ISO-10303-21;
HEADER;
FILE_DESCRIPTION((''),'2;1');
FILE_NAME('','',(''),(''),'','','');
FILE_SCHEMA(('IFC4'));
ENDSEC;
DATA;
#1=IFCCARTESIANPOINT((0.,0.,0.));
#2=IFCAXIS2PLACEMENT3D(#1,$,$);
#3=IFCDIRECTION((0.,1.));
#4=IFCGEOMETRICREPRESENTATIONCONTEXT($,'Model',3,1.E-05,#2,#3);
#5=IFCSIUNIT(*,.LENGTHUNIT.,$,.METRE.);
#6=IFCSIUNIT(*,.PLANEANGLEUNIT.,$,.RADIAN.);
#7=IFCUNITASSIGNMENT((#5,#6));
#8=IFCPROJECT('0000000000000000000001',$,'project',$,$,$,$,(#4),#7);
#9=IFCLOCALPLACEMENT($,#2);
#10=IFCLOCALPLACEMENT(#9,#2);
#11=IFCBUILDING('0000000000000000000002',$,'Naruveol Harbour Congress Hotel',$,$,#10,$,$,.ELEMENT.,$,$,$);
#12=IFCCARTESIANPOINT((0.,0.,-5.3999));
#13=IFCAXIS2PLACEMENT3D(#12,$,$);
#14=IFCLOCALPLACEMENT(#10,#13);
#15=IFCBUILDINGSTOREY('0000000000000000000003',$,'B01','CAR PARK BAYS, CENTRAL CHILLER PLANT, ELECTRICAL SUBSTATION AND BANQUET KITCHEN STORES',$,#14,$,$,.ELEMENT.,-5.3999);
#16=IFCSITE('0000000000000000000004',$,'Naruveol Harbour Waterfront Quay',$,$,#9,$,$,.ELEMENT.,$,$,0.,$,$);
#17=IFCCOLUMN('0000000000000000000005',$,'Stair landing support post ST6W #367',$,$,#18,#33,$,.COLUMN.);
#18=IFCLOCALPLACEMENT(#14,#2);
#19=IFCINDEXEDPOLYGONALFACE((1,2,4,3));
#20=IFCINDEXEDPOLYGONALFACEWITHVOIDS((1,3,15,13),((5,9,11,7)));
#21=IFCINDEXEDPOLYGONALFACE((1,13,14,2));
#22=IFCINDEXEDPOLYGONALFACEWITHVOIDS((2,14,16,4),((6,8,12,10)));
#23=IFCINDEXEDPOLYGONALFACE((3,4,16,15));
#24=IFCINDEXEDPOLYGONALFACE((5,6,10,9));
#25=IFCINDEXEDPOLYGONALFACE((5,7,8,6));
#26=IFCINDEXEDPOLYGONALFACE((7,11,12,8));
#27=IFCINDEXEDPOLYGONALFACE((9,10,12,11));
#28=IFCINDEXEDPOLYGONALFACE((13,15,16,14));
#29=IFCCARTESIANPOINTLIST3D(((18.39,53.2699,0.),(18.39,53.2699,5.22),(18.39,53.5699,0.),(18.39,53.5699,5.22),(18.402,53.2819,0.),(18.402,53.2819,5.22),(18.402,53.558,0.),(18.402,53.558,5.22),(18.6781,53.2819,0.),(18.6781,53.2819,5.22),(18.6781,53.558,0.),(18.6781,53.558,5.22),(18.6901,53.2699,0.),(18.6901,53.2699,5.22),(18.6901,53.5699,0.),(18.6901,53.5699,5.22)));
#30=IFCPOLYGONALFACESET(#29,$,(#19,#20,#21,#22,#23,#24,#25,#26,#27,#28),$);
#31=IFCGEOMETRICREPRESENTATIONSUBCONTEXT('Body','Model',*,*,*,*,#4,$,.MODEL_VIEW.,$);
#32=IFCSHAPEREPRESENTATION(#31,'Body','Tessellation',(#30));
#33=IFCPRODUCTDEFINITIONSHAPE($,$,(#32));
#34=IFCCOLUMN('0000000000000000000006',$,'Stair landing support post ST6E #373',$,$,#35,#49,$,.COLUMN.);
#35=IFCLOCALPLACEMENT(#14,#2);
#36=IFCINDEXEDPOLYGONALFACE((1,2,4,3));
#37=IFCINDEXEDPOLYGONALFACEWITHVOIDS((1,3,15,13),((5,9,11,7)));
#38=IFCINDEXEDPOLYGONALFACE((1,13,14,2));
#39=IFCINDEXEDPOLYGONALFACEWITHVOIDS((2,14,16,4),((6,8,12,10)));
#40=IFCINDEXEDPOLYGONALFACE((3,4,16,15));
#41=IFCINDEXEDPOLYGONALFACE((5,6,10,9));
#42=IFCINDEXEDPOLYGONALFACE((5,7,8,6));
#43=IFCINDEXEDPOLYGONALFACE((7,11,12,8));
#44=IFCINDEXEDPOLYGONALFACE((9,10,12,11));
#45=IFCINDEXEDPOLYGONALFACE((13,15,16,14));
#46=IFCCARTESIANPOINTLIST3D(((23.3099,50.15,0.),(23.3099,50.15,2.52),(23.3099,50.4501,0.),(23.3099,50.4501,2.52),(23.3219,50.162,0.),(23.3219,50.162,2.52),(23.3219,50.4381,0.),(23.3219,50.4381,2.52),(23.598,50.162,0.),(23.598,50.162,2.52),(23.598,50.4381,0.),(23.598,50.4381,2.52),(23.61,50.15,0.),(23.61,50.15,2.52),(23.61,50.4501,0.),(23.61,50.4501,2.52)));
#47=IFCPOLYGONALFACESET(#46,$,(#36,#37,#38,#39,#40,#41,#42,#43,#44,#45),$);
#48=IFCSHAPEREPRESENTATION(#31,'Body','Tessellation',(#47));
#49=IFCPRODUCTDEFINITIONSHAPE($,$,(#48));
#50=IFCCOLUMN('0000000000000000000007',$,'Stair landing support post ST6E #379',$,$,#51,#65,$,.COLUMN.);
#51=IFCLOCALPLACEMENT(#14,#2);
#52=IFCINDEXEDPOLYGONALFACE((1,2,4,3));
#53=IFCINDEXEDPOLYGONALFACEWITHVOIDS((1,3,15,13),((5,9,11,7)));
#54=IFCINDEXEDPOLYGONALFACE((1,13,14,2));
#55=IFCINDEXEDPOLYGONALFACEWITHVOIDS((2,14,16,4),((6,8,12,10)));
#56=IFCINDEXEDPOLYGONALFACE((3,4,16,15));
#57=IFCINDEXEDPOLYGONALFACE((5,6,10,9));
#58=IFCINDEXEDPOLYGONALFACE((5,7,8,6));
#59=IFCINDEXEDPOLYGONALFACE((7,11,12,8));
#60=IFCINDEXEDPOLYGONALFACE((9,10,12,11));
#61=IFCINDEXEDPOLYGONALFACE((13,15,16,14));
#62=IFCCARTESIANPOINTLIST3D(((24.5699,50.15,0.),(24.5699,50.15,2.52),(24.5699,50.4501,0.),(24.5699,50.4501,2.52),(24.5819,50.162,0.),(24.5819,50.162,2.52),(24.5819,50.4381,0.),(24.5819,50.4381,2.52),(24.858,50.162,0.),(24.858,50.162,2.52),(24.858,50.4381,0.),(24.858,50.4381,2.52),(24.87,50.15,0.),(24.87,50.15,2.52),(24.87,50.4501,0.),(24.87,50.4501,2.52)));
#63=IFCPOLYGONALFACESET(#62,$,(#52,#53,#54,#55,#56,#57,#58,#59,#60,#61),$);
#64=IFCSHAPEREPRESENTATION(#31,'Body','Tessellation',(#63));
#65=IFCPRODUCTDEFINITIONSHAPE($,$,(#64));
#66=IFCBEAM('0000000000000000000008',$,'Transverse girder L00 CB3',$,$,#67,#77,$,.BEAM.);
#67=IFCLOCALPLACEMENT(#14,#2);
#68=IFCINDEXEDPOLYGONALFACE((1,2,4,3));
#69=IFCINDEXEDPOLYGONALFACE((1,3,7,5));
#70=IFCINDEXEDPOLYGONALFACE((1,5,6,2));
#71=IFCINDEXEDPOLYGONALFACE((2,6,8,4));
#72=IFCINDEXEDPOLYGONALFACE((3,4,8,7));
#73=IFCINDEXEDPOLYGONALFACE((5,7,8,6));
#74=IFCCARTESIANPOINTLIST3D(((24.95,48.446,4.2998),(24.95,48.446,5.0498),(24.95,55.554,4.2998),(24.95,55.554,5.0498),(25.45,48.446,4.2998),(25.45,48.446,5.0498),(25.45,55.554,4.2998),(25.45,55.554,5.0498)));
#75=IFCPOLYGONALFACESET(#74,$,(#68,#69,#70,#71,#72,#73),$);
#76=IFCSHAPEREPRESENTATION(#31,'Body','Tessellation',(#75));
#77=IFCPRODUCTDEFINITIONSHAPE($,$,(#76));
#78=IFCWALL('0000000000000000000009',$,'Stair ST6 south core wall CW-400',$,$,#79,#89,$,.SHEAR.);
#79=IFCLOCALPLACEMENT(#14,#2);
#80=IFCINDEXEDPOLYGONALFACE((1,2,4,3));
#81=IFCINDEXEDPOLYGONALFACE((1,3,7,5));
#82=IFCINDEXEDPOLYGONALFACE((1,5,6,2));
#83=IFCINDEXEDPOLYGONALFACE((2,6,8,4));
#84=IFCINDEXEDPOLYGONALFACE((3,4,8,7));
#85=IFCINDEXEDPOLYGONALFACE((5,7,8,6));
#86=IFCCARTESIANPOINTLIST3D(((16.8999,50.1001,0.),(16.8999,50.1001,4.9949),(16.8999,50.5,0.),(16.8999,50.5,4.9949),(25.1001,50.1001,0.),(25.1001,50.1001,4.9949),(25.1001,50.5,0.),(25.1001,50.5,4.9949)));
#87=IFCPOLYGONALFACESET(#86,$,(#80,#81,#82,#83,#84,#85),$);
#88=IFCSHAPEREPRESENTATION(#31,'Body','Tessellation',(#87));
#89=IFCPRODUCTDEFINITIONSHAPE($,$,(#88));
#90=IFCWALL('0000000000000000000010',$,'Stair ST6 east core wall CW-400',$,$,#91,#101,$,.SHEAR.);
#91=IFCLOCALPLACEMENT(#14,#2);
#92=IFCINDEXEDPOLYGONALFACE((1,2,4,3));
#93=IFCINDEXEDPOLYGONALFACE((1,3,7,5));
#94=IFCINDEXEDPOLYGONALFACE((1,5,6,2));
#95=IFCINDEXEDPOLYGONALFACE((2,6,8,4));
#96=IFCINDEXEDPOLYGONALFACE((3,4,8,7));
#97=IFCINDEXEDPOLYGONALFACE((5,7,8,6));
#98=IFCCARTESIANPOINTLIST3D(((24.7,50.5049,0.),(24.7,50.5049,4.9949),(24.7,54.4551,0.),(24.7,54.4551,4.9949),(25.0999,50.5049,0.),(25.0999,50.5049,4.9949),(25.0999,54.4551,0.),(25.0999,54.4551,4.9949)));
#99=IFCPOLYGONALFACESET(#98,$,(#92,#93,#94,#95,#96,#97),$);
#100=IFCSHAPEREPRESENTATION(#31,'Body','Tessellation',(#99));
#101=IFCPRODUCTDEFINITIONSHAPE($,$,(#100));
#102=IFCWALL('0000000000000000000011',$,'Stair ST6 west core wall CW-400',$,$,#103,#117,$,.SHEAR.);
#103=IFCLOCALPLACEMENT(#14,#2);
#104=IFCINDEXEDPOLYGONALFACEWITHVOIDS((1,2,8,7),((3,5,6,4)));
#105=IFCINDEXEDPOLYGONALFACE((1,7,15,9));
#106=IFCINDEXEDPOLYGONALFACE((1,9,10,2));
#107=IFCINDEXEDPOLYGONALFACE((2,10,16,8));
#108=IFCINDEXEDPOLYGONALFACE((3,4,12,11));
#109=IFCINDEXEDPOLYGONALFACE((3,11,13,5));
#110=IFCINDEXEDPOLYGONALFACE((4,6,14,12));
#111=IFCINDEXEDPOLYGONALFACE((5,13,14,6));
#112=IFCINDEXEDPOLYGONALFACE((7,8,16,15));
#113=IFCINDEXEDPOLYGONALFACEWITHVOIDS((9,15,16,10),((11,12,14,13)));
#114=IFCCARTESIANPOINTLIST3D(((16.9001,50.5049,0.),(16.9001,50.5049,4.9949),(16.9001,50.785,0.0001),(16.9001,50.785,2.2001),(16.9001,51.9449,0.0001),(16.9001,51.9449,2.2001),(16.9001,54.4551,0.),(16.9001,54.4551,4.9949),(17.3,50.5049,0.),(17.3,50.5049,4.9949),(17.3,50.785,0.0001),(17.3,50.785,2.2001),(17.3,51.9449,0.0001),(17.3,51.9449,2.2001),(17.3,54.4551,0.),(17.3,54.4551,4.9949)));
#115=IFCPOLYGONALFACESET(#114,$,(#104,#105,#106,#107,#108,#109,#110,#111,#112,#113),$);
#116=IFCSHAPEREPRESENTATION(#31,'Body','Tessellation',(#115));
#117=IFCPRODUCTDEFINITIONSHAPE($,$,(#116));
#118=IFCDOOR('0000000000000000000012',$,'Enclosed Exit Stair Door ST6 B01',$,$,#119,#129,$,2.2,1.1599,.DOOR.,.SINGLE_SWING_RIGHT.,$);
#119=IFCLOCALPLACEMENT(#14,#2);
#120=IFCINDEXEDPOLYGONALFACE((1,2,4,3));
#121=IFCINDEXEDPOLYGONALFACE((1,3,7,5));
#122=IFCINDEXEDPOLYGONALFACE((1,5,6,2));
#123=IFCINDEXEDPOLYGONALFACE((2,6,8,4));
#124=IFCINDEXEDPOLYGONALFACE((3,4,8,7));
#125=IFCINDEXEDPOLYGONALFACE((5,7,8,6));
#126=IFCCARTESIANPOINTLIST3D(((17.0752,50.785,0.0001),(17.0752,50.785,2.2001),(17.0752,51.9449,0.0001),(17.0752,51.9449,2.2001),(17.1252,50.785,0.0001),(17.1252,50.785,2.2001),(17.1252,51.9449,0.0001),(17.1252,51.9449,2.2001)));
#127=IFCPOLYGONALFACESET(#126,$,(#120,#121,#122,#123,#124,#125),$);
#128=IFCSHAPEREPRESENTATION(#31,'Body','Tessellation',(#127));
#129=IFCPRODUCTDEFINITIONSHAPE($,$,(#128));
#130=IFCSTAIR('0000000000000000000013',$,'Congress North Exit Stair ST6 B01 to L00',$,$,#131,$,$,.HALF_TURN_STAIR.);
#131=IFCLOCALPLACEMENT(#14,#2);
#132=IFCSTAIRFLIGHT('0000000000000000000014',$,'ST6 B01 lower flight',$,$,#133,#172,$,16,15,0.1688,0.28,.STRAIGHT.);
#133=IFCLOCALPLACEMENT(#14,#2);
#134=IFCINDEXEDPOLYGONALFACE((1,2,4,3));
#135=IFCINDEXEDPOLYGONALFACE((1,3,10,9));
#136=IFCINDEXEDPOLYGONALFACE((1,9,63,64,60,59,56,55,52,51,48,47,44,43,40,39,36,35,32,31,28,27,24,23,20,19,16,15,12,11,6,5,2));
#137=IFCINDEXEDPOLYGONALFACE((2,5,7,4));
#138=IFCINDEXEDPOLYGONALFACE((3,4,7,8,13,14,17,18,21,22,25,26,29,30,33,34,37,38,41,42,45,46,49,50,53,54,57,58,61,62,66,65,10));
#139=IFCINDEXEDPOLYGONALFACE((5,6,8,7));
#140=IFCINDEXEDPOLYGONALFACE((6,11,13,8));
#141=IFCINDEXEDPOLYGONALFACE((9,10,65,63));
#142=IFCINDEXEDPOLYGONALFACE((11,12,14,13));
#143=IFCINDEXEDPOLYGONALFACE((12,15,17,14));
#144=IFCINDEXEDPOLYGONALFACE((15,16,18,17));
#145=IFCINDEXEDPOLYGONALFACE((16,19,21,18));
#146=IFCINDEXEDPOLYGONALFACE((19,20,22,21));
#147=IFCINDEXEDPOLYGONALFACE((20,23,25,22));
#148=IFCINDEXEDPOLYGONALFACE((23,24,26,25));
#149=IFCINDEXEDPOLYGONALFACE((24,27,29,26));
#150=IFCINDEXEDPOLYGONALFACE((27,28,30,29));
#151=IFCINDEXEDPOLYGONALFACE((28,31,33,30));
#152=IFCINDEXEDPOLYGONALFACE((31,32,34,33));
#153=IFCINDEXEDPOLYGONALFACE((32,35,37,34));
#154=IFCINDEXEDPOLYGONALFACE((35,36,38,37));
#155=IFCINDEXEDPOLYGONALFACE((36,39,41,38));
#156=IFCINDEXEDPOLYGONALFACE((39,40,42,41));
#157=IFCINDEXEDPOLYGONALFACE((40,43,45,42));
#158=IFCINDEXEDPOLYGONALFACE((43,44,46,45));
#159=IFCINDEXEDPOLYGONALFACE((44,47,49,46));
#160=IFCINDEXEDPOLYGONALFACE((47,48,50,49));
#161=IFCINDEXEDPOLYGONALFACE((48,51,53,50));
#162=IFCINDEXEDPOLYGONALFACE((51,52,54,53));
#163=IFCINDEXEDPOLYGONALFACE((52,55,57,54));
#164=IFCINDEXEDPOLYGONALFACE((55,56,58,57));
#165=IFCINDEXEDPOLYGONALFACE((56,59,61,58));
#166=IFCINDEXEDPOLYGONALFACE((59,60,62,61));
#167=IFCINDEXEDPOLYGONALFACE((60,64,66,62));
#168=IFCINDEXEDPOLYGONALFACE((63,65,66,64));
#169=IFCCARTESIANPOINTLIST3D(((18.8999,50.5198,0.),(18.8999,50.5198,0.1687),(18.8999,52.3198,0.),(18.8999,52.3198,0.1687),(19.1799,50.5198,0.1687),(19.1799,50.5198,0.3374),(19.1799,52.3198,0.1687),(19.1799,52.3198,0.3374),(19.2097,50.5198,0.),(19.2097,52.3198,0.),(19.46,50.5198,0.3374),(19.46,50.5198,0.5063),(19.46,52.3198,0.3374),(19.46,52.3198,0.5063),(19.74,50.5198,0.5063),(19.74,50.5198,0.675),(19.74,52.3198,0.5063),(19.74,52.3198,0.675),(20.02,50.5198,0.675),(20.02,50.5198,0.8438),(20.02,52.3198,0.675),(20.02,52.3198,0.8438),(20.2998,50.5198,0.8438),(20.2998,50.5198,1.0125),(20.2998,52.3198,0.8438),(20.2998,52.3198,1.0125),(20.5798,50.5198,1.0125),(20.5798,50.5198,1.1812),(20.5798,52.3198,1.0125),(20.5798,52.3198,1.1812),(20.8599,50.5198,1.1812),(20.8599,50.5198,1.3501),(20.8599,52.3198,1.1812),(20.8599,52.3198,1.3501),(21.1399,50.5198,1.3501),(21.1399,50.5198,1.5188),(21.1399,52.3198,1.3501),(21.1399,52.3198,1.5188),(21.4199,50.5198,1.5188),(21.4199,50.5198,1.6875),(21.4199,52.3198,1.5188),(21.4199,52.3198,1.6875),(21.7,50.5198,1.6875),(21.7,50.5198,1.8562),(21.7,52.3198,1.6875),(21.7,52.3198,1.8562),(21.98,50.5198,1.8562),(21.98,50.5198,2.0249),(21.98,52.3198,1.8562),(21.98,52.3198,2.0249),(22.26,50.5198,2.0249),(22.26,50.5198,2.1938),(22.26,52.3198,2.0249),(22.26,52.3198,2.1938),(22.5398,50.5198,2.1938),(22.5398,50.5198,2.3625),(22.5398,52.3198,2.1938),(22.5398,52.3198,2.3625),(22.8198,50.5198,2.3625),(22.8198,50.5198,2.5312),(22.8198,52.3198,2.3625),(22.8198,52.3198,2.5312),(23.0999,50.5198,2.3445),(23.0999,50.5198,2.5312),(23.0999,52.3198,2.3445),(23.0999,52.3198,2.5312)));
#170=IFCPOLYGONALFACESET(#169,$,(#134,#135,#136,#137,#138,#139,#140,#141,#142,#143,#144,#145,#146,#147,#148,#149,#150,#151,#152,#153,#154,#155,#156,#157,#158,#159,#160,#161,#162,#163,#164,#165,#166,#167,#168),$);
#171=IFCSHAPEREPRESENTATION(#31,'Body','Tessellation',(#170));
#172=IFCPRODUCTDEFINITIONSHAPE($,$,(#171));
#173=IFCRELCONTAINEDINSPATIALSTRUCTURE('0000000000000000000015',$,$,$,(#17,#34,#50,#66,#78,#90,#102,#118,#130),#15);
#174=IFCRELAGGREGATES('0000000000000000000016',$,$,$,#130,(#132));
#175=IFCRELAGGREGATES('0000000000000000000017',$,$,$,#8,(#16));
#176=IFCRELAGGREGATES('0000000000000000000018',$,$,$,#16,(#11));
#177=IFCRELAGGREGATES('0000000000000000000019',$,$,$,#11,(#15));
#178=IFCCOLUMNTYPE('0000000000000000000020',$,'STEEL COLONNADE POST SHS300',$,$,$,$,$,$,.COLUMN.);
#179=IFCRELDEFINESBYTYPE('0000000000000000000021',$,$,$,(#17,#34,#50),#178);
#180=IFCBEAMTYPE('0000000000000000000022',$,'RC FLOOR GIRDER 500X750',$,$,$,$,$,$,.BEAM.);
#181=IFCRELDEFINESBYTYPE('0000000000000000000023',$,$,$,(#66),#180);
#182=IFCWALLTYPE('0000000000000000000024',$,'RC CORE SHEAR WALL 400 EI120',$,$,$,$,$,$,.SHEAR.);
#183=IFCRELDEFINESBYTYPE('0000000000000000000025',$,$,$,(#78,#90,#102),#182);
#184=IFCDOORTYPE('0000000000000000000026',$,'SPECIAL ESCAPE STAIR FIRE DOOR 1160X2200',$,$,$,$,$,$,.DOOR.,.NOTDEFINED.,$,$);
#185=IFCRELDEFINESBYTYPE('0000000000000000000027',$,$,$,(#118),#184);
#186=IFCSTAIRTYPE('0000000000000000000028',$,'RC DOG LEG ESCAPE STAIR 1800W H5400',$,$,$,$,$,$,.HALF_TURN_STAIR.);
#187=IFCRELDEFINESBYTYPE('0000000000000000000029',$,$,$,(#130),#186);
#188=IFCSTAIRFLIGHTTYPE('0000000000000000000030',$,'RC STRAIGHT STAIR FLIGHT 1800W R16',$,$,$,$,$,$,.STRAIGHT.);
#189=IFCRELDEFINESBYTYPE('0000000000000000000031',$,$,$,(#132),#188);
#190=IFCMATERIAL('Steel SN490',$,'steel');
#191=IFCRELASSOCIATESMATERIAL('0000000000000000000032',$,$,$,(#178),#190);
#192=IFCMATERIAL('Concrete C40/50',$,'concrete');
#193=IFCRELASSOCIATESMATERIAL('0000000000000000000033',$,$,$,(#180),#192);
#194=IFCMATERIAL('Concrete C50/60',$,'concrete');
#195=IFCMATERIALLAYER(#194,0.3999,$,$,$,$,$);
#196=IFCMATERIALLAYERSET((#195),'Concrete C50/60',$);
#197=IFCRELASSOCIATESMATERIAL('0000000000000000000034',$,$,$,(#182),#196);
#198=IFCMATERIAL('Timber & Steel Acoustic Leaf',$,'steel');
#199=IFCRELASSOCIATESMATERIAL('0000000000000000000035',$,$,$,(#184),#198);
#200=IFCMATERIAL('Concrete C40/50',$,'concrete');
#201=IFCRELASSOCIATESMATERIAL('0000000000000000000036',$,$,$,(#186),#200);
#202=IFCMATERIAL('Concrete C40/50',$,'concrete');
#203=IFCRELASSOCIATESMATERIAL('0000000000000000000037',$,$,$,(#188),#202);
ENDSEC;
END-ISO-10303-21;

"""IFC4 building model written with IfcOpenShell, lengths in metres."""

from ifc_helpers import new_model, si_unit, direction, frame, frame_2d, origin, origin_2d, place, context, subcontext, project, spatial, polyline, rectangle, hollow_rectangle, outline, extrude, material, layer, layer_set, material_profile, profile_set, type_object, element, fill, aggregate, save


model = new_model("IFC4")

# Units and contexts
model_context = context("Model", 3, precision=1e-05, world=origin(), true_north=direction((0.0, 1.0)))
body_context = subcontext(model_context, "Body", "Model", "MODEL_VIEW")
ifc_project = project(units=[si_unit("LENGTHUNIT", "METRE"), si_unit("PLANEANGLEUNIT", "RADIAN")], contexts=[model_context])

# Site, building, storey
site_placement = place(None, origin())
site = spatial("IfcSite", under=ifc_project, at=site_placement, Name="Naruveol Harbour Waterfront Quay", CompositionType="ELEMENT", RefElevation=0.0)
building_placement = place(site_placement, origin())
building = spatial("IfcBuilding", under=site, at=building_placement, Name="Naruveol Harbour Congress Hotel", CompositionType="ELEMENT")
storey_placement = place(building_placement, frame((0.0, 0.0, -5.3999)))
storey = spatial("IfcBuildingStorey", under=building, at=storey_placement, Name="B01", Description="CAR PARK BAYS, CENTRAL CHILLER PLANT, ELECTRICAL SUBSTATION AND BANQUET KITCHEN STORES", CompositionType="ELEMENT", Elevation=-5.3999)

# Columns
ifc_material_1 = material(Name="Steel SN490", Category="steel")
ifc_material_profile_1 = material_profile(ifc_material_1, hollow_rectangle(XDim=0.3, YDim=0.3, WallThickness=0.012, at=origin_2d()), Name="SHS-300x300x12")
ifc_profile_set_1 = profile_set([ifc_material_profile_1], Name="Steel SN490")
column_type = type_object("IfcColumnType", Name="STEEL COLONNADE POST SHS300", PredefinedType="COLUMN", material=ifc_profile_set_1)
for number, where, z_axis, x_axis, name in (
    (1, (18.54, 53.4199, 0.0), (0.0, 0.0, 1.0), (1.0, 0.0, 0.0), "Stair landing support post ST6W #367"),
):
    element("IfcColumn", number, at=place(storey_placement, frame(where, z_axis=z_axis, x_axis=x_axis)), inside=storey, type_object=column_type, Name=name, PredefinedType="COLUMN", context=body_context, shape_type="SweptSolid", body=[
        extrude(hollow_rectangle(XDim=0.3, YDim=0.3, WallThickness=0.012, at=origin_2d()), origin(), (0.0, 0.0, 1.0), 5.22),
    ])
for number, where, z_axis, x_axis, name in (
    (2, (23.46, 50.3, 0.0), (0.0, 0.0, 1.0), (1.0, 0.0, 0.0), "Stair landing support post ST6E #373"),
    (3, (24.72, 50.3, 0.0), (0.0, 0.0, 1.0), (1.0, 0.0, 0.0), "Stair landing support post ST6E #379"),
):
    element("IfcColumn", number, at=place(storey_placement, frame(where, z_axis=z_axis, x_axis=x_axis)), inside=storey, type_object=column_type, Name=name, PredefinedType="COLUMN", context=body_context, shape_type="SweptSolid", body=[
        extrude(hollow_rectangle(XDim=0.3, YDim=0.3, WallThickness=0.012, at=origin_2d()), origin(), (0.0, 0.0, 1.0), 2.52),
    ])

# Beam
ifc_material_2 = material(Name="Concrete C40/50", Category="concrete")
ifc_material_profile_2 = material_profile(ifc_material_2, rectangle(XDim=0.5, YDim=0.75, at=origin_2d()), Name="RCB-500x750")
ifc_profile_set_2 = profile_set([ifc_material_profile_2], Name="Concrete C40/50")
beam_type = type_object("IfcBeamType", Name="RC FLOOR GIRDER 500X750", PredefinedType="BEAM", material=ifc_profile_set_2)
beam_placement = place(storey_placement, frame((25.2, 48.446, 4.6748), z_axis=(0.0, 1.0, 0.0), x_axis=(-1.0, 0.0, 0.0)))
element("IfcBeam", 4, at=beam_placement, inside=storey, type_object=beam_type, Name="Transverse girder L00 CB3", PredefinedType="BEAM", context=body_context, shape_type="SweptSolid", body=[
    extrude(rectangle(XDim=0.5, YDim=0.75, at=origin_2d()), origin(), (0.0, 0.0, 1.0), 7.1079),
])

# Walls
ifc_material_3 = material(Name="Concrete C50/60", Category="concrete")
ifc_layer_1 = layer(ifc_material_3, 0.3999)
ifc_layer_set_1 = layer_set([ifc_layer_1], Name="Concrete C50/60")
wall_type = type_object("IfcWallType", Name="RC CORE SHEAR WALL 400 EI120", PredefinedType="SHEAR", material=ifc_layer_set_1)
wall_1_placement = place(storey_placement, frame((16.8999, 50.3, 0.0), z_axis=(0.0, 0.0, 1.0), x_axis=(1.0, 0.0, 0.0)))
element("IfcWall", 5, at=wall_1_placement, inside=storey, type_object=wall_type, Name="Stair ST6 south core wall CW-400", PredefinedType="SHEAR", context=body_context, shape_type="SweptSolid", body=[
    extrude(rectangle(XDim=8.2002, YDim=0.3999, at=frame_2d((4.1001, 0.0))), origin(), (0.0, 0.0, 1.0), 4.9949),
])
wall_2_placement = place(storey_placement, frame((24.8999, 50.5049, 0.0), z_axis=(0.0, 0.0, 1.0), x_axis=(0.0, 1.0, 0.0)))
element("IfcWall", 6, at=wall_2_placement, inside=storey, type_object=wall_type, Name="Stair ST6 east core wall CW-400", PredefinedType="SHEAR", context=body_context, shape_type="SweptSolid", body=[
    extrude(rectangle(XDim=3.9502, YDim=0.3999, at=frame_2d((1.9751, 0.0))), origin(), (0.0, 0.0, 1.0), 4.9949),
])

# Wall, opening, door
wall_3_placement = place(storey_placement, frame((17.1001, 50.5049, 0.0), z_axis=(0.0, 0.0, 1.0), x_axis=(0.0, 1.0, 0.0)))
wall_3 = element("IfcWall", 7, at=wall_3_placement, inside=storey, type_object=wall_type, Name="Stair ST6 west core wall CW-400", PredefinedType="SHEAR", context=body_context, shape_type="SweptSolid", body=[
    extrude(rectangle(XDim=3.9502, YDim=0.3999, at=frame_2d((1.9751, 0.0))), origin(), (0.0, 0.0, 1.0), 4.9949),
])
opening_placement = place(wall_3_placement, frame((0.28, 0.0, 0.0)))
opening = element("IfcOpeningElement", 8, at=opening_placement, cuts=wall_3, PredefinedType="OPENING", context=body_context, shape_type="SweptSolid", body=[
    extrude(rectangle(XDim=1.1599, YDim=2.2, at=frame_2d((0.5801, 1.1001))), frame((0.0, 0.21, 0.0), z_axis=(0.0, -1.0, 0.0), x_axis=(1.0, 0.0, 0.0)), (0.0, 0.0, 1.0), 0.4199),
])
ifc_material_4 = material(Name="Timber & Steel Acoustic Leaf", Category="steel")
door_type = type_object("IfcDoorType", Name="SPECIAL ESCAPE STAIR FIRE DOOR 1160X2200", OperationType="NOTDEFINED", PredefinedType="DOOR", material=ifc_material_4)
door_placement = place(opening_placement, origin())
door = element("IfcDoor", 9, at=door_placement, inside=storey, type_object=door_type, Name="Enclosed Exit Stair Door ST6 B01", OperationType="SINGLE_SWING_RIGHT", OverallHeight=2.2, OverallWidth=1.1599, PredefinedType="DOOR", context=body_context, shape_type="SweptSolid", body=[
    extrude(rectangle(XDim=1.1599, YDim=2.2, at=frame_2d((0.5801, 1.1001))), frame((0.0, 0.0249, 0.0), z_axis=(0.0, -1.0, 0.0), x_axis=(1.0, 0.0, 0.0)), (0.0, 0.0, 1.0), 0.05),
])
fill(opening, door)

# Stair, stair flight
ifc_material_5 = material(Name="Concrete C40/50", Category="concrete")
stair_type = type_object("IfcStairType", Name="RC DOG LEG ESCAPE STAIR 1800W H5400", PredefinedType="HALF_TURN_STAIR", material=ifc_material_5)
stair_placement = place(storey_placement, origin())
stair = element("IfcStair", 10, at=stair_placement, inside=storey, type_object=stair_type, Name="Congress North Exit Stair ST6 B01 to L00", PredefinedType="HALF_TURN_STAIR")
ifc_material_6 = material(Name="Concrete C40/50", Category="concrete")
stair_flight_type = type_object("IfcStairFlightType", Name="RC STRAIGHT STAIR FLIGHT 1800W R16", PredefinedType="STRAIGHT", material=ifc_material_6)
stair_flight_1_placement = place(storey_placement, frame((18.8999, 51.4199, 0.0), z_axis=(0.0, 0.0, 1.0), x_axis=(1.0, 0.0, 0.0)))
stair_flight_1 = element("IfcStairFlight", 11, at=stair_flight_1_placement, type_object=stair_flight_type, Name="ST6 B01 lower flight", NumberOfRisers=16, NumberOfTreads=15, PredefinedType="STRAIGHT", RiserHeight=0.1688, TreadLength=0.28, context=body_context, shape_type="SweptSolid", body=[
    extrude(outline(polyline([(0.0, 0.0), (0.0, 0.1687), (0.28, 0.1687), (0.28, 0.3374), (0.5601, 0.3374), (0.5601, 0.5063), (0.8401, 0.5063), (0.8401, 0.675), (1.1201, 0.675), (1.1201, 0.8438), (1.3999, 0.8438), (1.3999, 1.0125), (1.6799, 1.0125), (1.6799, 1.1812), (1.96, 1.1812), (1.96, 1.3501), (2.24, 1.3501), (2.24, 1.5188), (2.52, 1.5188), (2.52, 1.6875), (2.8, 1.6875), (2.8, 1.8562), (3.0801, 1.8562), (3.0801, 2.0249), (3.3601, 2.0249), (3.3601, 2.1938), (3.6399, 2.1938), (3.6399, 2.3625), (3.9199, 2.3625), (3.9199, 2.5312), (4.2, 2.5312), (4.2, 2.7), (4.2, 2.3445), (0.3098, 0.0), (0.0, 0.0)])), frame((0.0, 0.8999, 0.0), z_axis=(0.0, -1.0, 0.0), x_axis=(1.0, 0.0, 0.0)), (0.0, 0.0, 1.0), 1.8),
])
aggregate(stair, [stair_flight_1])

save(model, "model.ifc")
